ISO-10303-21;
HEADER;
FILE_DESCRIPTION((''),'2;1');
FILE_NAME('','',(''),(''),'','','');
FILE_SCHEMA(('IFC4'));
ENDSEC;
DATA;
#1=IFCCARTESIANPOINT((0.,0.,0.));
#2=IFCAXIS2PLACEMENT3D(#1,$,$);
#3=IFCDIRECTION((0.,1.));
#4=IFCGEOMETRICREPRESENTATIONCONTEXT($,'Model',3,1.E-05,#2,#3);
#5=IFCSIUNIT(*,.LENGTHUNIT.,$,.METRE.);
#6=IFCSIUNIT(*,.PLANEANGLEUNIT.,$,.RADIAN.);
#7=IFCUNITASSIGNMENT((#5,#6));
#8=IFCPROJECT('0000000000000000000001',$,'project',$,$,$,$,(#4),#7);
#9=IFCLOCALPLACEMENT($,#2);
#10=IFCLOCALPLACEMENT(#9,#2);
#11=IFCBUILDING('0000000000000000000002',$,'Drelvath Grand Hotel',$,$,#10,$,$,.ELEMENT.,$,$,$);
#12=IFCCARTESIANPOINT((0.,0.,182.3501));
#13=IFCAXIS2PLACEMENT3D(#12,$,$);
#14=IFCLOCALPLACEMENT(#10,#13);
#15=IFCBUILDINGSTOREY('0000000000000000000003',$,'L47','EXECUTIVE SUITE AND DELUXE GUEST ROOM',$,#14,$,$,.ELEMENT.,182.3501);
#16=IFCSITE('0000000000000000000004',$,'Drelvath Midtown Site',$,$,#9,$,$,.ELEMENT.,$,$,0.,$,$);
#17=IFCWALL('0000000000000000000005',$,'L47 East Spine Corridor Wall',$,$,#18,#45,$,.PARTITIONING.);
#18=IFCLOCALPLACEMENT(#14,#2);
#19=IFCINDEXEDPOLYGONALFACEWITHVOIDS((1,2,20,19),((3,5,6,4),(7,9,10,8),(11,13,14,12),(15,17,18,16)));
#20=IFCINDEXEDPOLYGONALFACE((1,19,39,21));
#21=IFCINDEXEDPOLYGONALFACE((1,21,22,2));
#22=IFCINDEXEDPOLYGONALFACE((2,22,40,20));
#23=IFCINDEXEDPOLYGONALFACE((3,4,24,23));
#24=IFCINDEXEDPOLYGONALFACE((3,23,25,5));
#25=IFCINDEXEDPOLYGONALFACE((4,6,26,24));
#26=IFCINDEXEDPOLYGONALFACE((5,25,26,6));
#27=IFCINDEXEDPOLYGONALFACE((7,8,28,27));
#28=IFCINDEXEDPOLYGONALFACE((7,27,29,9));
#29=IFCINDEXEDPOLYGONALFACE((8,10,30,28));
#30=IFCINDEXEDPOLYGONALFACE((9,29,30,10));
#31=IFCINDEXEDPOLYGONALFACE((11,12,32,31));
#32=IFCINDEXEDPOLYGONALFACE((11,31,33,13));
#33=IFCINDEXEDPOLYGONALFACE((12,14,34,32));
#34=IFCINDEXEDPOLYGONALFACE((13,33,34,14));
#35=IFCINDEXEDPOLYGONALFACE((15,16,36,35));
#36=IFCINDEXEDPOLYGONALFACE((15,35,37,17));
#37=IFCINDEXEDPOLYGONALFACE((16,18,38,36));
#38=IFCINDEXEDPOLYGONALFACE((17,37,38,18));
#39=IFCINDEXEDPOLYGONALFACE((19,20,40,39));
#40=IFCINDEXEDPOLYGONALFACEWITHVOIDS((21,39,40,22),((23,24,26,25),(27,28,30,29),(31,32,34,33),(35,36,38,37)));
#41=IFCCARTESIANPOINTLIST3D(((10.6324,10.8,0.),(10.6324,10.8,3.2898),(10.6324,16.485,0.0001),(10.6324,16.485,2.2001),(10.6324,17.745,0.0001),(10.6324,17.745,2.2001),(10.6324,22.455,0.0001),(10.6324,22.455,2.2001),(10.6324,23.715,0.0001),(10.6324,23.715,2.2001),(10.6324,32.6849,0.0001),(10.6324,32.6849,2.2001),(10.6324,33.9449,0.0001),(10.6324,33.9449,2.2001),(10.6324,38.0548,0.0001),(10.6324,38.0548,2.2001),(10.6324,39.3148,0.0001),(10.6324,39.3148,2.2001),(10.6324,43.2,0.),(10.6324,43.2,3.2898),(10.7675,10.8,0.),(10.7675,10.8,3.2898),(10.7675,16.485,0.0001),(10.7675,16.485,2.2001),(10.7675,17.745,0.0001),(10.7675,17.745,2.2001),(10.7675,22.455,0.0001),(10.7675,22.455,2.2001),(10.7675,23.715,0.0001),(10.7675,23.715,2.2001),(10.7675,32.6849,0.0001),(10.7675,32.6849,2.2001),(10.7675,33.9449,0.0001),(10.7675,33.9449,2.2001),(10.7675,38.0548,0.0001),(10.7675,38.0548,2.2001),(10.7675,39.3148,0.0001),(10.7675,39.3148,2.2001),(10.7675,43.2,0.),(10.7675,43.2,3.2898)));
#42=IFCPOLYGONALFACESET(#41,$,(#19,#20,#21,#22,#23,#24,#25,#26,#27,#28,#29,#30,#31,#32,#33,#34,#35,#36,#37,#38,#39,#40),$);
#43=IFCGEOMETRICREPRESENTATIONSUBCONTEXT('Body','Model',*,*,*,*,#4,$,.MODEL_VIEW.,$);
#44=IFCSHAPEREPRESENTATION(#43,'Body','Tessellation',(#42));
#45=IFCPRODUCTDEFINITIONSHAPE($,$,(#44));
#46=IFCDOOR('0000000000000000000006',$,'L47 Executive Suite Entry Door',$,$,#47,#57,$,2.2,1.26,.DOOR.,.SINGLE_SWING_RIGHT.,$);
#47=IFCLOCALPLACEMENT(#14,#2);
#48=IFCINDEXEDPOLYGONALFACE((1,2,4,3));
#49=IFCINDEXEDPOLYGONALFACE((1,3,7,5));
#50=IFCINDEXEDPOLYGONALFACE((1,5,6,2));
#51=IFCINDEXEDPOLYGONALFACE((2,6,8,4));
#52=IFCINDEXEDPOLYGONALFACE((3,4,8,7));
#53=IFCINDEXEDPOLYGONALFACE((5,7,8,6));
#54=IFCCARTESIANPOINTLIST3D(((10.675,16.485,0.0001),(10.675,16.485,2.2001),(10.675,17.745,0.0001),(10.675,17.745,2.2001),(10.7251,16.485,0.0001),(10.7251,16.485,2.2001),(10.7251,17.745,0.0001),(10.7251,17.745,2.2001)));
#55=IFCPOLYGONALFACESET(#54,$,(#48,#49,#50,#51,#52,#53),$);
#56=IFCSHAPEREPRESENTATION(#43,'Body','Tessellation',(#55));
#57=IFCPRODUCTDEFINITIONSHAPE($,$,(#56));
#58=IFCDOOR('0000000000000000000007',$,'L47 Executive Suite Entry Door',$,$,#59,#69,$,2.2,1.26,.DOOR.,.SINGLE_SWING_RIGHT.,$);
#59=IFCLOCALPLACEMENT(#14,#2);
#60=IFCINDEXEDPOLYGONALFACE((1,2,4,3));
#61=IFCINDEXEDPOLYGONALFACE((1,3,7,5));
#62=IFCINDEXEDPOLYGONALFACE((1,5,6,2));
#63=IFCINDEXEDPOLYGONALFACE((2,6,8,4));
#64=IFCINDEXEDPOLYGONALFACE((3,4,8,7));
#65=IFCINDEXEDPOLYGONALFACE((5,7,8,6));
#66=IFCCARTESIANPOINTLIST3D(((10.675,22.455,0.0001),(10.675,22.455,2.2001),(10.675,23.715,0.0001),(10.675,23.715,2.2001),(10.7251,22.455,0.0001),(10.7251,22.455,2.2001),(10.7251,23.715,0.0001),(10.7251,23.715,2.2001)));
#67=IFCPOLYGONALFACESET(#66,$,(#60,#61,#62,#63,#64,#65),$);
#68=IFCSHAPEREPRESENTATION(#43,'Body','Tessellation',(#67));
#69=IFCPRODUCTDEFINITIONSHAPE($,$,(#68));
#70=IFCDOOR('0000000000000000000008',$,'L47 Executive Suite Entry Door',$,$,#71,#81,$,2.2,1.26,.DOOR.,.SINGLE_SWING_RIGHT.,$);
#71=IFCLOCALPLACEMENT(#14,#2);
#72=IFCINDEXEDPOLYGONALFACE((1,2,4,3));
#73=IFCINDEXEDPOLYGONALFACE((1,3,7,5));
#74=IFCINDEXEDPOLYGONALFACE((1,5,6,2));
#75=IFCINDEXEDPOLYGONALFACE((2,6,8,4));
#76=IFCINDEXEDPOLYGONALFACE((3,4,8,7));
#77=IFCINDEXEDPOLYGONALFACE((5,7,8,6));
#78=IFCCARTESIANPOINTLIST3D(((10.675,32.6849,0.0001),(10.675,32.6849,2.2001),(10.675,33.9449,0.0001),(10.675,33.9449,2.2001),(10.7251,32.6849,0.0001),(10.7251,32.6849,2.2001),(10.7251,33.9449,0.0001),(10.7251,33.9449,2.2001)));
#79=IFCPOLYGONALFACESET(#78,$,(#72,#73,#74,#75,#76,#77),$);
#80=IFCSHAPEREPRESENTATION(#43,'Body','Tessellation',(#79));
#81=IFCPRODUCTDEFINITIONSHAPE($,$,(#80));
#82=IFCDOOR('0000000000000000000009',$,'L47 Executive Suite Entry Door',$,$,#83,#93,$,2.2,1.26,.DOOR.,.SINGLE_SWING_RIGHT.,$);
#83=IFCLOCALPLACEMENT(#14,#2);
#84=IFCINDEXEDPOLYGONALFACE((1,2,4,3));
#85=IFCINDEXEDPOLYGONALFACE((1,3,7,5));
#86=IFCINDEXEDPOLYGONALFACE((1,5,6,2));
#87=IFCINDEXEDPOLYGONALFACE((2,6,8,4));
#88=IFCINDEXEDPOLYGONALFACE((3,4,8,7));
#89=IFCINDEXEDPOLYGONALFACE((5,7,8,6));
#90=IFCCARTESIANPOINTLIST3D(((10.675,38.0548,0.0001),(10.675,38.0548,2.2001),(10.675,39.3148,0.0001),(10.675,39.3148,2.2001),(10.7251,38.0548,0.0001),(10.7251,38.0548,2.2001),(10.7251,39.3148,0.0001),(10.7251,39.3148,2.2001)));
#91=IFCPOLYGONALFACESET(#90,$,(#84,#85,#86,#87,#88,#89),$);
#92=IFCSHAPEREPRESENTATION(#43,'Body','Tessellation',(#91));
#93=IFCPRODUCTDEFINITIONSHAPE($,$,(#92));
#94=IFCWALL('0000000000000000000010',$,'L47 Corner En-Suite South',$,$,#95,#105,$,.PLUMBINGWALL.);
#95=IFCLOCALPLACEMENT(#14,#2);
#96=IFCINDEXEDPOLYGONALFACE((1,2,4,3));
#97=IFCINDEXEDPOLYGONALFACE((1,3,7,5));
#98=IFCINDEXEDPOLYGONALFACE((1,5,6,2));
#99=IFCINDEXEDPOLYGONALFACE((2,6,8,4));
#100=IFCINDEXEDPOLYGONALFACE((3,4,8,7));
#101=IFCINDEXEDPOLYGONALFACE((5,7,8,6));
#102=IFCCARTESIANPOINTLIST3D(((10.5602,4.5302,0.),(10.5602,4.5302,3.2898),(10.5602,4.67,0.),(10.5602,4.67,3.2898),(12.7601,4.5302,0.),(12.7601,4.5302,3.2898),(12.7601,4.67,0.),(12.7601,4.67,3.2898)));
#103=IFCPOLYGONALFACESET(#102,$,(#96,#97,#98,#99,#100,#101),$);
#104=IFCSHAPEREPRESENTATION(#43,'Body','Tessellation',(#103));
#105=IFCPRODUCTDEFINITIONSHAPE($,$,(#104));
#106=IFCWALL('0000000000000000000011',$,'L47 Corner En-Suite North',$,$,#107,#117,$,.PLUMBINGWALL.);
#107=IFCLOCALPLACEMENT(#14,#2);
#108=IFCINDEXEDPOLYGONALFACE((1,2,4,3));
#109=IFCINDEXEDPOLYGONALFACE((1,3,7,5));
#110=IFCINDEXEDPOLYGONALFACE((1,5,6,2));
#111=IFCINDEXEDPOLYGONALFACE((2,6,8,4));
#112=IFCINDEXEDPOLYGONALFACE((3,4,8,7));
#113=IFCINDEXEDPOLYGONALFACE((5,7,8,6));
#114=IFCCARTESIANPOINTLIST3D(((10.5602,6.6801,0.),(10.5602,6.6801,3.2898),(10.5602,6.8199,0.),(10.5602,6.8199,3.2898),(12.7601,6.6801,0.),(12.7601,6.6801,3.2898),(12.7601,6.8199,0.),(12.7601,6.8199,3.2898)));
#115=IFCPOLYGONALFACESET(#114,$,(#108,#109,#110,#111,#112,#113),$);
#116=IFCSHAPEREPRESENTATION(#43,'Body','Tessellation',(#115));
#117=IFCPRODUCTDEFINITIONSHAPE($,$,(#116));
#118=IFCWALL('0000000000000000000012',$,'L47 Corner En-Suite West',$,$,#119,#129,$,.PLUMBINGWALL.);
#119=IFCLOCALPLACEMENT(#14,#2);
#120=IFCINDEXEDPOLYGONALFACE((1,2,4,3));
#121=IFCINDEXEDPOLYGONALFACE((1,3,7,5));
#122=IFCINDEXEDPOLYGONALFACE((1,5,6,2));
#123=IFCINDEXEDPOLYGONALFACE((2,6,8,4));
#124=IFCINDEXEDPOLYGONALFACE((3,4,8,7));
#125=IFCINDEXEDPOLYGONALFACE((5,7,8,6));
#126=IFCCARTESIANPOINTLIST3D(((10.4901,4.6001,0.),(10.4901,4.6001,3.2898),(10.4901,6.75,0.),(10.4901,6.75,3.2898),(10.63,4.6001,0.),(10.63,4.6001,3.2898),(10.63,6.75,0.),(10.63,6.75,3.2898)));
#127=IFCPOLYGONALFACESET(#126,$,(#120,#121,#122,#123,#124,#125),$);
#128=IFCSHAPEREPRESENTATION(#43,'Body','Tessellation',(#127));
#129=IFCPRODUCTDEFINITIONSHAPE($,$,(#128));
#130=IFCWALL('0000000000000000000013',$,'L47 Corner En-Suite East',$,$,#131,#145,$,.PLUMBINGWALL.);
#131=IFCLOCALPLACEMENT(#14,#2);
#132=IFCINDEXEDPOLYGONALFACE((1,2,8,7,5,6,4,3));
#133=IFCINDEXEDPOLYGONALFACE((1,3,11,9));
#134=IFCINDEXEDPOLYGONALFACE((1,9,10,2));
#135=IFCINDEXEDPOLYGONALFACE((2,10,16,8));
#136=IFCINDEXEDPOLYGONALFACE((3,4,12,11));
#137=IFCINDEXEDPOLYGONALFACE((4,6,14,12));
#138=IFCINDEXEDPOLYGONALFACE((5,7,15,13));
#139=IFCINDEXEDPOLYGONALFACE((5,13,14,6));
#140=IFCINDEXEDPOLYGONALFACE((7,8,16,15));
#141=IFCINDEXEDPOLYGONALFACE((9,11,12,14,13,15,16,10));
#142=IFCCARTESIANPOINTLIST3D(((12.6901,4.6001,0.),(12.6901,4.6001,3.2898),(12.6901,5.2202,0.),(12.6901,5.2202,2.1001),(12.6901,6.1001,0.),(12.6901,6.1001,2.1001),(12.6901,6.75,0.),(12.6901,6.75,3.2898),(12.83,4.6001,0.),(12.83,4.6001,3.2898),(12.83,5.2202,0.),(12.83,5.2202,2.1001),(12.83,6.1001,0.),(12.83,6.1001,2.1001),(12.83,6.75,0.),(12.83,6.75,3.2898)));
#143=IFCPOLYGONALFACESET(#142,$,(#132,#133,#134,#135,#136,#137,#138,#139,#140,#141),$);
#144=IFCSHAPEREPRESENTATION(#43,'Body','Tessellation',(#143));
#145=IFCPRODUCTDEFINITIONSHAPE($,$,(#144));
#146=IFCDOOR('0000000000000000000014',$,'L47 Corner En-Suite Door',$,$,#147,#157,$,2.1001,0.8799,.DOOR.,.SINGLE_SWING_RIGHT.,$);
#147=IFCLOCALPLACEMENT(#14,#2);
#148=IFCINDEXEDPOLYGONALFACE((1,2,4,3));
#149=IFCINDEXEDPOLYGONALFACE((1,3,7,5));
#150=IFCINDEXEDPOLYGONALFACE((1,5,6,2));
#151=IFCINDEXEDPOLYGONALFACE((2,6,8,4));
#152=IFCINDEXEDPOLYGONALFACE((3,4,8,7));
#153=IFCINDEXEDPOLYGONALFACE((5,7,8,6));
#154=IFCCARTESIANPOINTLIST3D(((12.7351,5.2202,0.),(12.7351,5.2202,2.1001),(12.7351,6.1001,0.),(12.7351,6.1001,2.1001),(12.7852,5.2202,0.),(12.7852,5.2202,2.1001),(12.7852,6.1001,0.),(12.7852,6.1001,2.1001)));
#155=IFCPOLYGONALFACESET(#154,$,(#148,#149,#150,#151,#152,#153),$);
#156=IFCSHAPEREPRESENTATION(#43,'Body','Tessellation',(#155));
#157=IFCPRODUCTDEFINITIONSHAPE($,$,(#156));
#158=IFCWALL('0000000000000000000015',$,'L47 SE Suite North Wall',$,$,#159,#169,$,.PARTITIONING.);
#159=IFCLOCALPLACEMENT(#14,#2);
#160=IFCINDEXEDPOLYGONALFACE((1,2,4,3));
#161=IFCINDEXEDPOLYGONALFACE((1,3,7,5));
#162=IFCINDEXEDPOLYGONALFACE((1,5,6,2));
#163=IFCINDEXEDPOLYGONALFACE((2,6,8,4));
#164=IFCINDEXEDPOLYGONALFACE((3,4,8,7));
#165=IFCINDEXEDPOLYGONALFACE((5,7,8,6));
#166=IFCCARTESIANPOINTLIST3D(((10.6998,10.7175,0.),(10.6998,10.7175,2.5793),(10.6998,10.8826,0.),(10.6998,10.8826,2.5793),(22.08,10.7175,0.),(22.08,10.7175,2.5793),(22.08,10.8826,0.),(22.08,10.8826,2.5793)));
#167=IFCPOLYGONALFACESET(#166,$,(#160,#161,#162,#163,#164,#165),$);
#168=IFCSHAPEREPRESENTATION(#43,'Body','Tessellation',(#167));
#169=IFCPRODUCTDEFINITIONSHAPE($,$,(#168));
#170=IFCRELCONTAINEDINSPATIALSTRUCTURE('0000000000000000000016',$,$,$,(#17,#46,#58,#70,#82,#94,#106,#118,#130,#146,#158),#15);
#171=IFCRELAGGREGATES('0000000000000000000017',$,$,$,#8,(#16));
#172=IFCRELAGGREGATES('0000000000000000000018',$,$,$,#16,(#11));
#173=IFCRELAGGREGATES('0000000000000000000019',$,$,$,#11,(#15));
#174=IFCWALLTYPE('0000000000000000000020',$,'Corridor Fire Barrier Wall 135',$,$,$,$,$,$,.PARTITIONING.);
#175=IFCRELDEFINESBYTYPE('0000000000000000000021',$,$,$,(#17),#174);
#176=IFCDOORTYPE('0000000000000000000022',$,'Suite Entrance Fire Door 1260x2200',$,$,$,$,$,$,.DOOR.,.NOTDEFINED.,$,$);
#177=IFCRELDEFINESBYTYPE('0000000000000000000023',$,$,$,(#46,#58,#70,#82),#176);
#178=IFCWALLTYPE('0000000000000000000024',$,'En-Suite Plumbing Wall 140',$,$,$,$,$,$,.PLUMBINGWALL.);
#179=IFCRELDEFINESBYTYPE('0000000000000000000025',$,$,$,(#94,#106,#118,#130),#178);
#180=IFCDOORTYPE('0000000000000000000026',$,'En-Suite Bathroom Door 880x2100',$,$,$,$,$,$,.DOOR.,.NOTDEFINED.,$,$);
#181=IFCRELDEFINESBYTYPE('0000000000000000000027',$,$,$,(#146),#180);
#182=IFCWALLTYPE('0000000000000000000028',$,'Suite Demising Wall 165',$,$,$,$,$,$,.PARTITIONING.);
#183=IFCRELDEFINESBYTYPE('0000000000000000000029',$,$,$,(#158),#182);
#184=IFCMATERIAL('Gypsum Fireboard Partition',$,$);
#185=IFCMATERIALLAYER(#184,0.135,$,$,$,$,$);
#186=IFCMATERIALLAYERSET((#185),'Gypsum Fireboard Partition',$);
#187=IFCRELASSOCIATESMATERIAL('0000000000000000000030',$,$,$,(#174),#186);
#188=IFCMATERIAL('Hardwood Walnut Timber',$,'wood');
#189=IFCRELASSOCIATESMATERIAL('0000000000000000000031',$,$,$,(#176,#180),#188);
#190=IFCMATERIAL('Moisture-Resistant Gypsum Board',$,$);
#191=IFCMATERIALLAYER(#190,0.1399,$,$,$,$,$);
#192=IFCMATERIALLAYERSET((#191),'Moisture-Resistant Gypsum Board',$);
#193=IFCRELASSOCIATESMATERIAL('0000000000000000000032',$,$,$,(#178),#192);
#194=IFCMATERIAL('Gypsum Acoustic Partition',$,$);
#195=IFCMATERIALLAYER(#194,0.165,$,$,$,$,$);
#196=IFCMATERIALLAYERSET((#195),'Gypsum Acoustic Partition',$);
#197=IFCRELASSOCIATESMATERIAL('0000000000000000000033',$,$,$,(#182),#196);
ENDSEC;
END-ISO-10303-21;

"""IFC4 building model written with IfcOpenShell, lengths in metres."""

from ifc_helpers import new_model, si_unit, direction, frame, frame_2d, origin, place, context, subcontext, project, spatial, rectangle, extrude, material, layer, layer_set, type_object, element, fill, save


model = new_model("IFC4")

# Units and contexts
model_context = context("Model", 3, precision=1e-05, world=origin(), true_north=direction((0.0, 1.0)))
body_context = subcontext(model_context, "Body", "Model", "MODEL_VIEW")
ifc_project = project(units=[si_unit("LENGTHUNIT", "METRE"), si_unit("PLANEANGLEUNIT", "RADIAN")], contexts=[model_context])

# Site, building, storey
site_placement = place(None, origin())
site = spatial("IfcSite", under=ifc_project, at=site_placement, Name="Drelvath Midtown Site", CompositionType="ELEMENT", RefElevation=0.0)
building_placement = place(site_placement, origin())
building = spatial("IfcBuilding", under=site, at=building_placement, Name="Drelvath Grand Hotel", CompositionType="ELEMENT")
storey_placement = place(building_placement, frame((0.0, 0.0, 182.3501)))
storey = spatial("IfcBuildingStorey", under=building, at=storey_placement, Name="L47", Description="EXECUTIVE SUITE AND DELUXE GUEST ROOM", CompositionType="ELEMENT", Elevation=182.3501)

# Shared definitions
ifc_material_1 = material(Name="Gypsum Fireboard Partition")
ifc_layer_1 = layer(ifc_material_1, 0.135)
ifc_layer_set_1 = layer_set([ifc_layer_1], Name="Gypsum Fireboard Partition")
wall_type_1 = type_object("IfcWallType", Name="Corridor Fire Barrier Wall 135", PredefinedType="PARTITIONING", material=ifc_layer_set_1)

# Wall, openings, doors
wall_1_placement = place(storey_placement, frame((10.7, 10.8, 0.0), z_axis=(0.0, 0.0, 1.0), x_axis=(0.0, 1.0, 0.0)))
wall_1 = element("IfcWall", 1, at=wall_1_placement, inside=storey, type_object=wall_type_1, Name="L47 East Spine Corridor Wall", PredefinedType="PARTITIONING", context=body_context, shape_type="SweptSolid", body=[
    extrude(rectangle(XDim=32.3999, YDim=0.135, at=frame_2d((16.2, 0.0))), origin(), (0.0, 0.0, 1.0), 3.2898),
])
opening_1_placement = place(wall_1_placement, frame((5.6851, 0.0, 0.0)))
opening_1 = element("IfcOpeningElement", 2, at=opening_1_placement, cuts=wall_1, PredefinedType="OPENING", context=body_context, shape_type="SweptSolid", body=[
    extrude(rectangle(XDim=1.26, YDim=2.2, at=frame_2d((0.6299, 1.1001))), frame((0.0, 0.0774, 0.0), z_axis=(0.0, -1.0, 0.0), x_axis=(1.0, 0.0, 0.0)), (0.0, 0.0, 1.0), 0.155),
])
opening_2_placement = place(wall_1_placement, frame((11.655, 0.0, 0.0)))
opening_2 = element("IfcOpeningElement", 3, at=opening_2_placement, cuts=wall_1, PredefinedType="OPENING", context=body_context, shape_type="SweptSolid", body=[
    extrude(rectangle(XDim=1.26, YDim=2.2, at=frame_2d((0.6299, 1.1001))), frame((0.0, 0.0774, 0.0), z_axis=(0.0, -1.0, 0.0), x_axis=(1.0, 0.0, 0.0)), (0.0, 0.0, 1.0), 0.155),
])
opening_3_placement = place(wall_1_placement, frame((21.885, 0.0, 0.0)))
opening_3 = element("IfcOpeningElement", 4, at=opening_3_placement, cuts=wall_1, PredefinedType="OPENING", context=body_context, shape_type="SweptSolid", body=[
    extrude(rectangle(XDim=1.26, YDim=2.2, at=frame_2d((0.6299, 1.1001))), frame((0.0, 0.0774, 0.0), z_axis=(0.0, -1.0, 0.0), x_axis=(1.0, 0.0, 0.0)), (0.0, 0.0, 1.0), 0.155),
])
opening_4_placement = place(wall_1_placement, frame((27.2549, 0.0, 0.0)))
opening_4 = element("IfcOpeningElement", 5, at=opening_4_placement, cuts=wall_1, PredefinedType="OPENING", context=body_context, shape_type="SweptSolid", body=[
    extrude(rectangle(XDim=1.26, YDim=2.2, at=frame_2d((0.6299, 1.1001))), frame((0.0, 0.0774, 0.0), z_axis=(0.0, -1.0, 0.0), x_axis=(1.0, 0.0, 0.0)), (0.0, 0.0, 1.0), 0.155),
])
ifc_material_2 = material(Name="Hardwood Walnut Timber", Category="wood")
door_type_1 = type_object("IfcDoorType", Name="Suite Entrance Fire Door 1260x2200", OperationType="NOTDEFINED", PredefinedType="DOOR", material=ifc_material_2)
door_1_placement = place(opening_1_placement, origin())
door_1 = element("IfcDoor", 6, at=door_1_placement, inside=storey, type_object=door_type_1, Name="L47 Executive Suite Entry Door", OperationType="SINGLE_SWING_RIGHT", OverallHeight=2.2, OverallWidth=1.26, PredefinedType="DOOR", context=body_context, shape_type="SweptSolid", body=[
    extrude(rectangle(XDim=1.26, YDim=2.2, at=frame_2d((0.6299, 1.1001))), frame((0.0, 0.0249, 0.0), z_axis=(0.0, -1.0, 0.0), x_axis=(1.0, 0.0, 0.0)), (0.0, 0.0, 1.0), 0.05),
])
fill(opening_1, door_1)
door_2_placement = place(opening_2_placement, origin())
door_2 = element("IfcDoor", 7, at=door_2_placement, inside=storey, type_object=door_type_1, Name="L47 Executive Suite Entry Door", OperationType="SINGLE_SWING_RIGHT", OverallHeight=2.2, OverallWidth=1.26, PredefinedType="DOOR", context=body_context, shape_type="SweptSolid", body=[
    extrude(rectangle(XDim=1.26, YDim=2.2, at=frame_2d((0.6299, 1.1001))), frame((0.0, 0.0249, 0.0), z_axis=(0.0, -1.0, 0.0), x_axis=(1.0, 0.0, 0.0)), (0.0, 0.0, 1.0), 0.05),
])
fill(opening_2, door_2)
door_3_placement = place(opening_3_placement, origin())
door_3 = element("IfcDoor", 8, at=door_3_placement, inside=storey, type_object=door_type_1, Name="L47 Executive Suite Entry Door", OperationType="SINGLE_SWING_RIGHT", OverallHeight=2.2, OverallWidth=1.26, PredefinedType="DOOR", context=body_context, shape_type="SweptSolid", body=[
    extrude(rectangle(XDim=1.26, YDim=2.2, at=frame_2d((0.6299, 1.1001))), frame((0.0, 0.0249, 0.0), z_axis=(0.0, -1.0, 0.0), x_axis=(1.0, 0.0, 0.0)), (0.0, 0.0, 1.0), 0.05),
])
fill(opening_3, door_3)
door_4_placement = place(opening_4_placement, origin())
door_4 = element("IfcDoor", 9, at=door_4_placement, inside=storey, type_object=door_type_1, Name="L47 Executive Suite Entry Door", OperationType="SINGLE_SWING_RIGHT", OverallHeight=2.2, OverallWidth=1.26, PredefinedType="DOOR", context=body_context, shape_type="SweptSolid", body=[
    extrude(rectangle(XDim=1.26, YDim=2.2, at=frame_2d((0.6299, 1.1001))), frame((0.0, 0.0249, 0.0), z_axis=(0.0, -1.0, 0.0), x_axis=(1.0, 0.0, 0.0)), (0.0, 0.0, 1.0), 0.05),
])
fill(opening_4, door_4)

# Walls
ifc_material_3 = material(Name="Moisture-Resistant Gypsum Board")
ifc_layer_2 = layer(ifc_material_3, 0.1399)
ifc_layer_set_2 = layer_set([ifc_layer_2], Name="Moisture-Resistant Gypsum Board")
wall_type_2 = type_object("IfcWallType", Name="En-Suite Plumbing Wall 140", PredefinedType="PLUMBINGWALL", material=ifc_layer_set_2)
for number, where, z_axis, x_axis, name in (
    (10, (10.5601, 4.6001, 0.0), (0.0, 0.0, 1.0), (1.0, 0.0, 0.0), "L47 Corner En-Suite South"),
    (11, (10.5601, 6.75, 0.0), (0.0, 0.0, 1.0), (1.0, 0.0, 0.0), "L47 Corner En-Suite North"),
):
    element("IfcWall", number, at=place(storey_placement, frame(where, z_axis=z_axis, x_axis=x_axis)), inside=storey, type_object=wall_type_2, Name=name, PredefinedType="PLUMBINGWALL", context=body_context, shape_type="SweptSolid", body=[
        extrude(rectangle(XDim=2.2, YDim=0.1399, at=frame_2d((1.1001, 0.0))), origin(), (0.0, 0.0, 1.0), 3.2898),
    ])
wall_2_placement = place(storey_placement, frame((10.5601, 4.6001, 0.0), z_axis=(0.0, 0.0, 1.0), x_axis=(0.0, 1.0, 0.0)))
element("IfcWall", 12, at=wall_2_placement, inside=storey, type_object=wall_type_2, Name="L47 Corner En-Suite West", PredefinedType="PLUMBINGWALL", context=body_context, shape_type="SweptSolid", body=[
    extrude(rectangle(XDim=2.1499, YDim=0.1399, at=frame_2d((1.075, 0.0))), origin(), (0.0, 0.0, 1.0), 3.2898),
])

# Wall, opening, door
wall_3_placement = place(storey_placement, frame((12.76, 4.6001, 0.0), z_axis=(0.0, 0.0, 1.0), x_axis=(0.0, 1.0, 0.0)))
wall_3 = element("IfcWall", 13, at=wall_3_placement, inside=storey, type_object=wall_type_2, Name="L47 Corner En-Suite East", PredefinedType="PLUMBINGWALL", context=body_context, shape_type="SweptSolid", body=[
    extrude(rectangle(XDim=2.1499, YDim=0.1399, at=frame_2d((1.075, 0.0))), origin(), (0.0, 0.0, 1.0), 3.2898),
])
opening_5_placement = place(wall_3_placement, frame((0.6201, 0.0, 0.0)))
opening_5 = element("IfcOpeningElement", 14, at=opening_5_placement, cuts=wall_3, PredefinedType="OPENING", context=body_context, shape_type="SweptSolid", body=[
    extrude(rectangle(XDim=0.8799, YDim=2.1001, at=frame_2d((0.4399, 1.05))), frame((0.0, 0.0798, 0.0), z_axis=(0.0, -1.0, 0.0), x_axis=(1.0, 0.0, 0.0)), (0.0, 0.0, 1.0), 0.1599),
])
door_type_2 = type_object("IfcDoorType", Name="En-Suite Bathroom Door 880x2100", OperationType="NOTDEFINED", PredefinedType="DOOR", material=ifc_material_2)
door_5_placement = place(opening_5_placement, origin())
door_5 = element("IfcDoor", 15, at=door_5_placement, inside=storey, type_object=door_type_2, Name="L47 Corner En-Suite Door", OperationType="SINGLE_SWING_RIGHT", OverallHeight=2.1001, OverallWidth=0.8799, PredefinedType="DOOR", context=body_context, shape_type="SweptSolid", body=[
    extrude(rectangle(XDim=0.8799, YDim=2.1001, at=frame_2d((0.4399, 1.05))), frame((0.0, 0.0249, 0.0), z_axis=(0.0, -1.0, 0.0), x_axis=(1.0, 0.0, 0.0)), (0.0, 0.0, 1.0), 0.05),
])
fill(opening_5, door_5)

# Wall
ifc_material_4 = material(Name="Gypsum Acoustic Partition")
ifc_layer_3 = layer(ifc_material_4, 0.165)
ifc_layer_set_3 = layer_set([ifc_layer_3], Name="Gypsum Acoustic Partition")
wall_type_3 = type_object("IfcWallType", Name="Suite Demising Wall 165", PredefinedType="PARTITIONING", material=ifc_layer_set_3)
wall_4_placement = place(storey_placement, frame((10.7, 10.8, 0.0), z_axis=(0.0, 0.0, 1.0), x_axis=(1.0, 0.0, 0.0)))
element("IfcWall", 16, at=wall_4_placement, inside=storey, type_object=wall_type_3, Name="L47 SE Suite North Wall", PredefinedType="PARTITIONING", context=body_context, shape_type="SweptSolid", body=[
    extrude(rectangle(XDim=11.3801, YDim=0.165, at=frame_2d((5.6899, 0.0))), origin(), (0.0, 0.0, 1.0), 2.5793),
])

save(model, "model.ifc")
